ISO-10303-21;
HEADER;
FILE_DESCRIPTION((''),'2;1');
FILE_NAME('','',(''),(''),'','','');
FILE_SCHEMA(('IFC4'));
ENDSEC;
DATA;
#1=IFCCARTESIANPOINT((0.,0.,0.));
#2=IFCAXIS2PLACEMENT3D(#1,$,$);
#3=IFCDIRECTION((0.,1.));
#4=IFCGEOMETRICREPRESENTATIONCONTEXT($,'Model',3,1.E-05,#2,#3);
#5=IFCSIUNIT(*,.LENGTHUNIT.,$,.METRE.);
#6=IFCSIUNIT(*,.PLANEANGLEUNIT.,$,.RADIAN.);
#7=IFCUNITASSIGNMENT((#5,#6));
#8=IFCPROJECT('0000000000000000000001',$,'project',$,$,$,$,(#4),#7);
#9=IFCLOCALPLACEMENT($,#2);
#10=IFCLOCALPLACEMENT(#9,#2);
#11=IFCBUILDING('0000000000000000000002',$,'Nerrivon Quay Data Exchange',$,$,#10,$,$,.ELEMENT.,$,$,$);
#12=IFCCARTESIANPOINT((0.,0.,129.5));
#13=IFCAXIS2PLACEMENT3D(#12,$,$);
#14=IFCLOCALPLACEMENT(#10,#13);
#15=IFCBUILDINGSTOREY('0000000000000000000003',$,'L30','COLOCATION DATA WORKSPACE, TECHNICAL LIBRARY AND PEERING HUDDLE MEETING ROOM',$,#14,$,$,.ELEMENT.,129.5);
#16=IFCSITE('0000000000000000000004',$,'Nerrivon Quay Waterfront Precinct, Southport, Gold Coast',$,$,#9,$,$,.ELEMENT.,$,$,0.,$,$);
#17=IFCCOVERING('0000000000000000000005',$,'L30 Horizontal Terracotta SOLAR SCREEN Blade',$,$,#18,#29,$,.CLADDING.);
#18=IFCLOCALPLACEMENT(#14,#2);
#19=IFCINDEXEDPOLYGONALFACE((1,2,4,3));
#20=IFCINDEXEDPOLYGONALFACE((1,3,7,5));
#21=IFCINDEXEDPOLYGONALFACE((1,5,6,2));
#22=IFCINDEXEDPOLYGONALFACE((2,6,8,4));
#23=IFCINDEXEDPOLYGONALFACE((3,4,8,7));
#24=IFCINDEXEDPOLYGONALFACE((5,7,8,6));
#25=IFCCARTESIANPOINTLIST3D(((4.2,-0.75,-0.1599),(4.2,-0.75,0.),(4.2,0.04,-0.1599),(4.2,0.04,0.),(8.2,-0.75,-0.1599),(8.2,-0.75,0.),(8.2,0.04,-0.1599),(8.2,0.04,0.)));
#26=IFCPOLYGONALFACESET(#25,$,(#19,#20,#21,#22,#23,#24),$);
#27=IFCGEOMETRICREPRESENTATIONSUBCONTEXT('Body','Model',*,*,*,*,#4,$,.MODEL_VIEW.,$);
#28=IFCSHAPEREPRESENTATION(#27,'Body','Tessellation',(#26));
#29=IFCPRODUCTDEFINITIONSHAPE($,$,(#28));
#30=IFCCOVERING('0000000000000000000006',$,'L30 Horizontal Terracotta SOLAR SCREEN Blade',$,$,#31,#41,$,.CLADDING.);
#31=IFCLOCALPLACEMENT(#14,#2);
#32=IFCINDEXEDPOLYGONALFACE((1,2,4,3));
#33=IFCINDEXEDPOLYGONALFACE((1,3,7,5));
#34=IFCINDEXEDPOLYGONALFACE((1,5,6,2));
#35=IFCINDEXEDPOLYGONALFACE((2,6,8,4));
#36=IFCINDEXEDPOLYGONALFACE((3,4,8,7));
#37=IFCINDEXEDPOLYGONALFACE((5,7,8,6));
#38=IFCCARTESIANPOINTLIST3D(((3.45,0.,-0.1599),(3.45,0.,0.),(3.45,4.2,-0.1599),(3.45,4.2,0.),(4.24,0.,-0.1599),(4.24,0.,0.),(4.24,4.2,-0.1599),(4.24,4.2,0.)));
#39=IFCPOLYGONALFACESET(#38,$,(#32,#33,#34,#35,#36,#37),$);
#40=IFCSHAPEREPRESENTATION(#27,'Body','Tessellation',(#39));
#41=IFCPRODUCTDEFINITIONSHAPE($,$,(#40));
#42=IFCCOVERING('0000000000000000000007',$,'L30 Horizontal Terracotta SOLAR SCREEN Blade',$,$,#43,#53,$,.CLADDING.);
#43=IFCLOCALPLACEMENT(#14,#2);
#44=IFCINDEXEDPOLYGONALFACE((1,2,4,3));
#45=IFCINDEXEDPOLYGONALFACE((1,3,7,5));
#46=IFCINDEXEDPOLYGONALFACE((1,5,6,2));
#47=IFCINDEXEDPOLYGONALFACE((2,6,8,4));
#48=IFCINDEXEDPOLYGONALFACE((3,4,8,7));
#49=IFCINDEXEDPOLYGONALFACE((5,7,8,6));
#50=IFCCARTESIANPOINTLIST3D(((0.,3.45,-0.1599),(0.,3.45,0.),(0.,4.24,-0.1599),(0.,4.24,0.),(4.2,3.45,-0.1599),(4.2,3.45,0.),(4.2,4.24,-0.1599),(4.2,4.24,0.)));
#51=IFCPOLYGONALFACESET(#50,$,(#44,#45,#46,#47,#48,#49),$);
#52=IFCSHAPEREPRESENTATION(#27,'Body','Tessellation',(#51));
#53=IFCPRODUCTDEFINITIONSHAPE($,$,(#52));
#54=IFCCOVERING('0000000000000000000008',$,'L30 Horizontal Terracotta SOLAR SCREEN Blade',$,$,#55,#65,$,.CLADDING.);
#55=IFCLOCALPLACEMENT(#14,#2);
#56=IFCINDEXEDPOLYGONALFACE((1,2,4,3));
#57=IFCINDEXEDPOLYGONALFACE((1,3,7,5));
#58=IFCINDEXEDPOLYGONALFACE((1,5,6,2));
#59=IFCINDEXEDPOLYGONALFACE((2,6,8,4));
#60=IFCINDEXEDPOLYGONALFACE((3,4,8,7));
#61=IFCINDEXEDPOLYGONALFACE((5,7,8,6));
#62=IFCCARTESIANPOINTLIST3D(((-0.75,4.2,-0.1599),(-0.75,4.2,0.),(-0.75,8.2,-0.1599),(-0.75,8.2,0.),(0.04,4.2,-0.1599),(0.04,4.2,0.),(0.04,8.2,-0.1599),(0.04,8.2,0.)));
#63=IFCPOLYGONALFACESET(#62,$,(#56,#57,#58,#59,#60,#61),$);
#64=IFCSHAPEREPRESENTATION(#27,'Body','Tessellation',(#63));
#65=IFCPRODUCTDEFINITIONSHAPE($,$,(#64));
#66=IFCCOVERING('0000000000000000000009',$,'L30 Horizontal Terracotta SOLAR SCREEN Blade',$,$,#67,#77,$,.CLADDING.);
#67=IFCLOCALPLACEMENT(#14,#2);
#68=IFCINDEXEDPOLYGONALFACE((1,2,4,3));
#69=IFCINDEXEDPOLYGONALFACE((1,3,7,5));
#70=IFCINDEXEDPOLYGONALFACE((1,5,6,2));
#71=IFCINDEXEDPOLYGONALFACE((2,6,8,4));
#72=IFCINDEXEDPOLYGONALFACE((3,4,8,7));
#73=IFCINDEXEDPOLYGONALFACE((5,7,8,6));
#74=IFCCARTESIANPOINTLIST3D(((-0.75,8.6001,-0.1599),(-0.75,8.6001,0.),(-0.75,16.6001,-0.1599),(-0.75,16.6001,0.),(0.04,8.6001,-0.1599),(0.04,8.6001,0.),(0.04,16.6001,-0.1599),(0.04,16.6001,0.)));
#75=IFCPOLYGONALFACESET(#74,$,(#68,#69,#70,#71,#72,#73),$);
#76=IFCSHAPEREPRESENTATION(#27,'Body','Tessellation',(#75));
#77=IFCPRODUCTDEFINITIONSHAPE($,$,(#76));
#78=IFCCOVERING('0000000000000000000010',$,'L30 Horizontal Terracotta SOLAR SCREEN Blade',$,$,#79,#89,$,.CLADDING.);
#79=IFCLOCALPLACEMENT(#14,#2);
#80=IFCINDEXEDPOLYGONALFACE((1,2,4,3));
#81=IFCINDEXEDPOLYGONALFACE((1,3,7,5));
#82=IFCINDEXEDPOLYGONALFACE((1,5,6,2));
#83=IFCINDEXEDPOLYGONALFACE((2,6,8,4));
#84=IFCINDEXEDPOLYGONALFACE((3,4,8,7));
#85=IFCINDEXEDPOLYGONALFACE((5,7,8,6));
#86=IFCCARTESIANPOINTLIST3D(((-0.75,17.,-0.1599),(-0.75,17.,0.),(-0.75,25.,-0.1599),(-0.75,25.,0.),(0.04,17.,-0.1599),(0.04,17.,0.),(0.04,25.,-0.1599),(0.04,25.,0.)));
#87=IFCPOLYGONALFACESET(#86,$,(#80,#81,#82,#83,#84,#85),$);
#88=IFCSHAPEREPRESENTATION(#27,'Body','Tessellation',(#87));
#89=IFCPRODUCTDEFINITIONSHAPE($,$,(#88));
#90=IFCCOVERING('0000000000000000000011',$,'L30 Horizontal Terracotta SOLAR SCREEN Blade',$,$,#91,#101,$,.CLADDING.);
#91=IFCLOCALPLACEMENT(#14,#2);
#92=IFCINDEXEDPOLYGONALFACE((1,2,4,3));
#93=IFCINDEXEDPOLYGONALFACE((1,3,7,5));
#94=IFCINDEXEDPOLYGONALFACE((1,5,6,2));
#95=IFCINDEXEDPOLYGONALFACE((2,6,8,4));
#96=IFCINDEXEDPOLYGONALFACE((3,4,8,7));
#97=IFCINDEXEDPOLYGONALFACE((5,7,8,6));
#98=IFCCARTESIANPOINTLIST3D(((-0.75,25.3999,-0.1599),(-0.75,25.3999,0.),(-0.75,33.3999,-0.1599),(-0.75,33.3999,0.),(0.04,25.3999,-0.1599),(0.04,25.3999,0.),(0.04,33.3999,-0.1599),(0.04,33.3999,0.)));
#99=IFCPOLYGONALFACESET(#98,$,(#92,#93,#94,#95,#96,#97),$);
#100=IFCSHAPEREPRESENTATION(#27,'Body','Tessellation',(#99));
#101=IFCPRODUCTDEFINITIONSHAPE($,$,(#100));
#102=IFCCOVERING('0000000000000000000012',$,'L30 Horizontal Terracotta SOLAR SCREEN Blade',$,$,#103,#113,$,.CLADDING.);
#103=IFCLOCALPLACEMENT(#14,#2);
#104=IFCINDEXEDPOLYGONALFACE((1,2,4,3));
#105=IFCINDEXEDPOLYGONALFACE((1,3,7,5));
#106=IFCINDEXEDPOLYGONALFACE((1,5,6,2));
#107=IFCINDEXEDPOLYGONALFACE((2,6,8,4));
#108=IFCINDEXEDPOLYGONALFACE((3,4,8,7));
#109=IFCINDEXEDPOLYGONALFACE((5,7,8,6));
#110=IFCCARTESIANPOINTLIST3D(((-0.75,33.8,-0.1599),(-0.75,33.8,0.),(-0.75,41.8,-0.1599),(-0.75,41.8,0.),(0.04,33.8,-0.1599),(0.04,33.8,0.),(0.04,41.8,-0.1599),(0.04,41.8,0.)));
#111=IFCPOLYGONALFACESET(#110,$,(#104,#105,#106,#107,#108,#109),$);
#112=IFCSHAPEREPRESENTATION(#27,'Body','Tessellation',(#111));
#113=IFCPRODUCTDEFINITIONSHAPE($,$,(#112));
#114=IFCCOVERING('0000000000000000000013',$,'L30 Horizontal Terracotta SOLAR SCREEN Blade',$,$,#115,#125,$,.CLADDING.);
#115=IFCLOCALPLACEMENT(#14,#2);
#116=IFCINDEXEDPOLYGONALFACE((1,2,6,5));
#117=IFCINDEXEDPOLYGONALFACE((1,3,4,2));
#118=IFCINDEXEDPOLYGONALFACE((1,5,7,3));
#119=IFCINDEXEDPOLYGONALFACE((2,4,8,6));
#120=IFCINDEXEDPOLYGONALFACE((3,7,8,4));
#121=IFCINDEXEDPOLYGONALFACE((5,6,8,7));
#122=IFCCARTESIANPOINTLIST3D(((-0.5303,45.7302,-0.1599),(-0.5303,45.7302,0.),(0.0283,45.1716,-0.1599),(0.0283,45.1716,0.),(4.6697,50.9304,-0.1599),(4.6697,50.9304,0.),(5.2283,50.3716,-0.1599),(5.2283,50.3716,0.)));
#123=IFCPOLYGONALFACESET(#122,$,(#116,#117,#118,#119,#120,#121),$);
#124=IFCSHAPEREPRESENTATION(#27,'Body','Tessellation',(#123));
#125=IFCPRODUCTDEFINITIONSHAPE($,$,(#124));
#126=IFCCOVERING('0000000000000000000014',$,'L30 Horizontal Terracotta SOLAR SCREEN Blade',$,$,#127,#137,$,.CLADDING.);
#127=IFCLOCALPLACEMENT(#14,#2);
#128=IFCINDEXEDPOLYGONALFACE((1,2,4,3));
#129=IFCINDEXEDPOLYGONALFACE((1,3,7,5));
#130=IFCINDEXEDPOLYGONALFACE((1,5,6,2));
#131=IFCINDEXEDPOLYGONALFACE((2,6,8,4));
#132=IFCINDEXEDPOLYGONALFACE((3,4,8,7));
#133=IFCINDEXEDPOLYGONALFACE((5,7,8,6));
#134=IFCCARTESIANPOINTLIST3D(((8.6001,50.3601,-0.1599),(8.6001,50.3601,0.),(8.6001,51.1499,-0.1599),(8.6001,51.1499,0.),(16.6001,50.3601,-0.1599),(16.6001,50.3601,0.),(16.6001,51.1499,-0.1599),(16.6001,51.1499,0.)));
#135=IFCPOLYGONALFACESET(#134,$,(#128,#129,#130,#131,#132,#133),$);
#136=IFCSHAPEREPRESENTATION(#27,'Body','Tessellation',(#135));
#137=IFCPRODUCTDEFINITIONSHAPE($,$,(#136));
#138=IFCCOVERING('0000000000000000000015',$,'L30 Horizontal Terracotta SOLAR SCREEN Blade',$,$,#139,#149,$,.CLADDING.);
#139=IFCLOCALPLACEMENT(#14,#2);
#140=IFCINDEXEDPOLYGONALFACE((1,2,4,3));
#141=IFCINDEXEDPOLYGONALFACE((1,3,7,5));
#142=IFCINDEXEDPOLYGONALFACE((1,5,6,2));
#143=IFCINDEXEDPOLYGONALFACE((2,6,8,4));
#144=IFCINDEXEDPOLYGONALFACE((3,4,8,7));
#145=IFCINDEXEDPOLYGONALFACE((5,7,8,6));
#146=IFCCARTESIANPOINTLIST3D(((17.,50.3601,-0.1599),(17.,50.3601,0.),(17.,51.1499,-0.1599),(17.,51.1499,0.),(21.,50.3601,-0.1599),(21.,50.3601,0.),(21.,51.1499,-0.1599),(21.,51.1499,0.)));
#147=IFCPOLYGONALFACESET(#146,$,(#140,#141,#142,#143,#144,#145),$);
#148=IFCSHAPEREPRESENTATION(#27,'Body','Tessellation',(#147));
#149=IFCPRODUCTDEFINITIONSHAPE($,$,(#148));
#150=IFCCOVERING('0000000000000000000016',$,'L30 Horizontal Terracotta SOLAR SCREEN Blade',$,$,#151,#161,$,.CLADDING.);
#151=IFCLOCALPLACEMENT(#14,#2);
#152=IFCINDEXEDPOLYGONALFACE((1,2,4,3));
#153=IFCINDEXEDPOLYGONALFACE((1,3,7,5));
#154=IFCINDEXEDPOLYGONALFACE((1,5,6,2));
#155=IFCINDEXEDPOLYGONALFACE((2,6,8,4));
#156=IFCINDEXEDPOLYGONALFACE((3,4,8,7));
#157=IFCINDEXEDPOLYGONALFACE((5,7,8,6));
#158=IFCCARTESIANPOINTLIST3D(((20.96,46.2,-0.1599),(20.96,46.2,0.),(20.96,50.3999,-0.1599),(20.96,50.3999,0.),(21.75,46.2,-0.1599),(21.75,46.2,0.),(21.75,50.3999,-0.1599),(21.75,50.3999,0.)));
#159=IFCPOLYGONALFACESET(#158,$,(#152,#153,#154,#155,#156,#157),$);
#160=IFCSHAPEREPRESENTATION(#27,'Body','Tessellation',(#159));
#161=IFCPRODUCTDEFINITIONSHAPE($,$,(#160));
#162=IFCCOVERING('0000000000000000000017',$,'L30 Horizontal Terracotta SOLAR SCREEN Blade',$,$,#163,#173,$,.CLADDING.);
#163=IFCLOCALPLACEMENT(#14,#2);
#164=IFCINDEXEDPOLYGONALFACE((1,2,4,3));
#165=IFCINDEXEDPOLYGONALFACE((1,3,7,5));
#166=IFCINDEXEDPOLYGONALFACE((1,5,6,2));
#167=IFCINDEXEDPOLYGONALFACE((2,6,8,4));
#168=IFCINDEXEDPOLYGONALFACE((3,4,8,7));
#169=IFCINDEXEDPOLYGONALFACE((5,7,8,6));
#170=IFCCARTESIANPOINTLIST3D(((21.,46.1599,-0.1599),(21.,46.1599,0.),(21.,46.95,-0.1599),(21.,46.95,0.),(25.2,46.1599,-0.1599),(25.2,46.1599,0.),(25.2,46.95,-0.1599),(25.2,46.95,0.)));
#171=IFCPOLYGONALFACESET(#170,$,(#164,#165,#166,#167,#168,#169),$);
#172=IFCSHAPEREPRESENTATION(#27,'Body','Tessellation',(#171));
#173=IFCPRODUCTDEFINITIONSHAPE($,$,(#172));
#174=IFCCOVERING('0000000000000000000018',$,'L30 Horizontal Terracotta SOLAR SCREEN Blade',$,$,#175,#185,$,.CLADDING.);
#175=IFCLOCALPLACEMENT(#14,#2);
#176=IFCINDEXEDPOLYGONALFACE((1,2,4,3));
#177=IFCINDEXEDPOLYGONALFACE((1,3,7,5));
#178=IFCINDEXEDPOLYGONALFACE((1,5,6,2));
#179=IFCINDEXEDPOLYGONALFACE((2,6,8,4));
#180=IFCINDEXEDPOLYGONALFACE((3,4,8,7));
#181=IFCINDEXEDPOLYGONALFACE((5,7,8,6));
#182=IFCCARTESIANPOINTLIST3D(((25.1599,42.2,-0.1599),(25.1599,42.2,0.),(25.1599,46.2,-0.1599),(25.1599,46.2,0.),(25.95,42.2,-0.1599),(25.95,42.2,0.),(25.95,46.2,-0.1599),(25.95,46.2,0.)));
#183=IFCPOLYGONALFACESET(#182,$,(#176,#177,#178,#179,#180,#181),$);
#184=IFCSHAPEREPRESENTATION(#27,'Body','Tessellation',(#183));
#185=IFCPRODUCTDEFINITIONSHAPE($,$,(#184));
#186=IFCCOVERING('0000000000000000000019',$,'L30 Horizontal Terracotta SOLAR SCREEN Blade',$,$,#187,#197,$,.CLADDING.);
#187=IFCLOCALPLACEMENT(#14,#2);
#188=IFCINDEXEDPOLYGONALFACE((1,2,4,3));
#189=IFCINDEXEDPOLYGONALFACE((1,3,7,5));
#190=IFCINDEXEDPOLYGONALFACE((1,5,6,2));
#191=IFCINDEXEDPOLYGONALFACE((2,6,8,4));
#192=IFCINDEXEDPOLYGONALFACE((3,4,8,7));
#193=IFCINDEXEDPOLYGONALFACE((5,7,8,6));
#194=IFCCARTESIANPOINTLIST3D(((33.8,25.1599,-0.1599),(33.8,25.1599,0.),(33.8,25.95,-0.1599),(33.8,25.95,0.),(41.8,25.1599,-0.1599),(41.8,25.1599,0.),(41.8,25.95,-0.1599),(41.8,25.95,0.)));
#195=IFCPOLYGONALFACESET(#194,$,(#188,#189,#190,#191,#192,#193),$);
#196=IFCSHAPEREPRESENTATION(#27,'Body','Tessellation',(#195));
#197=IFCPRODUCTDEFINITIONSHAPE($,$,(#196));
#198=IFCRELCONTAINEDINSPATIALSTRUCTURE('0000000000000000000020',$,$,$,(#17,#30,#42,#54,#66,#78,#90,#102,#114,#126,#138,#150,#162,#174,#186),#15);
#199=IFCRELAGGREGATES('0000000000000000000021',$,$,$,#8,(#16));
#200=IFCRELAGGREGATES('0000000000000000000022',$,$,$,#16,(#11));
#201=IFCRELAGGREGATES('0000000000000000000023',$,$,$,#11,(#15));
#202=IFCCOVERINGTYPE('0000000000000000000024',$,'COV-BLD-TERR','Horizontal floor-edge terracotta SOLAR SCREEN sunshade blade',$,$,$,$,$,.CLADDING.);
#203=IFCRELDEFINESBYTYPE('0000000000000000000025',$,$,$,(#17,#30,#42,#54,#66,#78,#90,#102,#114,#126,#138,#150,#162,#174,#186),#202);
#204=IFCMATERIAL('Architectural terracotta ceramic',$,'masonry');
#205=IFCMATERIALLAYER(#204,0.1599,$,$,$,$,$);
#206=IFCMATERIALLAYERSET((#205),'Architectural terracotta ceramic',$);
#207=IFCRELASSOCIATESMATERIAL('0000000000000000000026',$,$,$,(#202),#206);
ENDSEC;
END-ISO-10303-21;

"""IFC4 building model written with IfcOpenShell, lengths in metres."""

from ifc_helpers import new_model, si_unit, direction, frame, origin, place, context, subcontext, project, spatial, polyline, outline, extrude, material, layer, layer_set, type_object, element, save


model = new_model("IFC4")

# Units and contexts
model_context = context("Model", 3, precision=1e-05, world=origin(), true_north=direction((0.0, 1.0)))
body_context = subcontext(model_context, "Body", "Model", "MODEL_VIEW")
ifc_project = project(units=[si_unit("LENGTHUNIT", "METRE"), si_unit("PLANEANGLEUNIT", "RADIAN")], contexts=[model_context])

# Site, building, storey
site_placement = place(None, origin())
site = spatial("IfcSite", under=ifc_project, at=site_placement, Name="Nerrivon Quay Waterfront Precinct, Southport, Gold Coast", CompositionType="ELEMENT", RefElevation=0.0)
building_placement = place(site_placement, origin())
building = spatial("IfcBuilding", under=site, at=building_placement, Name="Nerrivon Quay Data Exchange", CompositionType="ELEMENT")
storey_placement = place(building_placement, frame((0.0, 0.0, 129.5)))
storey = spatial("IfcBuildingStorey", under=building, at=storey_placement, Name="L30", Description="COLOCATION DATA WORKSPACE, TECHNICAL LIBRARY AND PEERING HUDDLE MEETING ROOM", CompositionType="ELEMENT", Elevation=129.5)

# Coverings
ifc_material_1 = material(Name="Architectural terracotta ceramic", Category="masonry")
ifc_layer_1 = layer(ifc_material_1, 0.1599)
ifc_layer_set_1 = layer_set([ifc_layer_1], Name="Architectural terracotta ceramic")
covering_type = type_object("IfcCoveringType", Name="COV-BLD-TERR", Description="Horizontal floor-edge terracotta SOLAR SCREEN sunshade blade", PredefinedType="CLADDING", material=ifc_layer_set_1)
covering_1_placement = place(storey_placement, frame((0.0, 0.0, -0.1599)))
element("IfcCovering", 1, at=covering_1_placement, inside=storey, type_object=covering_type, Name="L30 Horizontal Terracotta SOLAR SCREEN Blade", PredefinedType="CLADDING", context=body_context, shape_type="SweptSolid", body=[
    extrude(outline(polyline([(8.2, 0.04), (4.2, 0.04), (4.2, -0.75), (8.2, -0.75), (8.2, 0.04)])), origin(), (0.0, 0.0, 1.0), 0.1599),
])
covering_2_placement = place(storey_placement, frame((0.0, 0.0, -0.1599)))
element("IfcCovering", 2, at=covering_2_placement, inside=storey, type_object=covering_type, Name="L30 Horizontal Terracotta SOLAR SCREEN Blade", PredefinedType="CLADDING", context=body_context, shape_type="SweptSolid", body=[
    extrude(outline(polyline([(4.24, 0.0), (4.24, 4.2), (3.45, 4.2), (3.45, 0.0), (4.24, 0.0)])), origin(), (0.0, 0.0, 1.0), 0.1599),
])
covering_3_placement = place(storey_placement, frame((0.0, 0.0, -0.1599)))
element("IfcCovering", 3, at=covering_3_placement, inside=storey, type_object=covering_type, Name="L30 Horizontal Terracotta SOLAR SCREEN Blade", PredefinedType="CLADDING", context=body_context, shape_type="SweptSolid", body=[
    extrude(outline(polyline([(4.2, 4.24), (0.0, 4.24), (0.0, 3.45), (4.2, 3.45), (4.2, 4.24)])), origin(), (0.0, 0.0, 1.0), 0.1599),
])
covering_4_placement = place(storey_placement, frame((0.0, 0.0, -0.1599)))
element("IfcCovering", 4, at=covering_4_placement, inside=storey, type_object=covering_type, Name="L30 Horizontal Terracotta SOLAR SCREEN Blade", PredefinedType="CLADDING", context=body_context, shape_type="SweptSolid", body=[
    extrude(outline(polyline([(0.04, 4.2), (0.04, 8.2), (-0.75, 8.2), (-0.75, 4.2), (0.04, 4.2)])), origin(), (0.0, 0.0, 1.0), 0.1599),
])
covering_5_placement = place(storey_placement, frame((0.0, 0.0, -0.1599)))
element("IfcCovering", 5, at=covering_5_placement, inside=storey, type_object=covering_type, Name="L30 Horizontal Terracotta SOLAR SCREEN Blade", PredefinedType="CLADDING", context=body_context, shape_type="SweptSolid", body=[
    extrude(outline(polyline([(0.04, 8.6001), (0.04, 16.6001), (-0.75, 16.6001), (-0.75, 8.6001), (0.04, 8.6001)])), origin(), (0.0, 0.0, 1.0), 0.1599),
])
covering_6_placement = place(storey_placement, frame((0.0, 0.0, -0.1599)))
element("IfcCovering", 6, at=covering_6_placement, inside=storey, type_object=covering_type, Name="L30 Horizontal Terracotta SOLAR SCREEN Blade", PredefinedType="CLADDING", context=body_context, shape_type="SweptSolid", body=[
    extrude(outline(polyline([(0.04, 17.0), (0.04, 25.0), (-0.75, 25.0), (-0.75, 17.0), (0.04, 17.0)])), origin(), (0.0, 0.0, 1.0), 0.1599),
])
covering_7_placement = place(storey_placement, frame((0.0, 0.0, -0.1599)))
element("IfcCovering", 7, at=covering_7_placement, inside=storey, type_object=covering_type, Name="L30 Horizontal Terracotta SOLAR SCREEN Blade", PredefinedType="CLADDING", context=body_context, shape_type="SweptSolid", body=[
    extrude(outline(polyline([(0.04, 25.3999), (0.04, 33.3999), (-0.75, 33.3999), (-0.75, 25.3999), (0.04, 25.3999)])), origin(), (0.0, 0.0, 1.0), 0.1599),
])
covering_8_placement = place(storey_placement, frame((0.0, 0.0, -0.1599)))
element("IfcCovering", 8, at=covering_8_placement, inside=storey, type_object=covering_type, Name="L30 Horizontal Terracotta SOLAR SCREEN Blade", PredefinedType="CLADDING", context=body_context, shape_type="SweptSolid", body=[
    extrude(outline(polyline([(0.04, 33.8), (0.04, 41.8), (-0.75, 41.8), (-0.75, 33.8), (0.04, 33.8)])), origin(), (0.0, 0.0, 1.0), 0.1599),
])
covering_9_placement = place(storey_placement, frame((0.0, 0.0, -0.1599)))
element("IfcCovering", 9, at=covering_9_placement, inside=storey, type_object=covering_type, Name="L30 Horizontal Terracotta SOLAR SCREEN Blade", PredefinedType="CLADDING", context=body_context, shape_type="SweptSolid", body=[
    extrude(outline(polyline([(0.0283, 45.1716), (5.2283, 50.3716), (4.6697, 50.9304), (-0.5303, 45.7302), (0.0283, 45.1716)])), origin(), (0.0, 0.0, 1.0), 0.1599),
])
covering_10_placement = place(storey_placement, frame((0.0, 0.0, -0.1599)))
element("IfcCovering", 10, at=covering_10_placement, inside=storey, type_object=covering_type, Name="L30 Horizontal Terracotta SOLAR SCREEN Blade", PredefinedType="CLADDING", context=body_context, shape_type="SweptSolid", body=[
    extrude(outline(polyline([(8.6001, 50.3601), (16.6001, 50.3601), (16.6001, 51.1499), (8.6001, 51.1499), (8.6001, 50.3601)])), origin(), (0.0, 0.0, 1.0), 0.1599),
])
covering_11_placement = place(storey_placement, frame((0.0, 0.0, -0.1599)))
element("IfcCovering", 11, at=covering_11_placement, inside=storey, type_object=covering_type, Name="L30 Horizontal Terracotta SOLAR SCREEN Blade", PredefinedType="CLADDING", context=body_context, shape_type="SweptSolid", body=[
    extrude(outline(polyline([(17.0, 50.3601), (21.0, 50.3601), (21.0, 51.1499), (17.0, 51.1499), (17.0, 50.3601)])), origin(), (0.0, 0.0, 1.0), 0.1599),
])
covering_12_placement = place(storey_placement, frame((0.0, 0.0, -0.1599)))
element("IfcCovering", 12, at=covering_12_placement, inside=storey, type_object=covering_type, Name="L30 Horizontal Terracotta SOLAR SCREEN Blade", PredefinedType="CLADDING", context=body_context, shape_type="SweptSolid", body=[
    extrude(outline(polyline([(20.96, 50.3999), (20.96, 46.2), (21.75, 46.2), (21.75, 50.3999), (20.96, 50.3999)])), origin(), (0.0, 0.0, 1.0), 0.1599),
])
covering_13_placement = place(storey_placement, frame((0.0, 0.0, -0.1599)))
element("IfcCovering", 13, at=covering_13_placement, inside=storey, type_object=covering_type, Name="L30 Horizontal Terracotta SOLAR SCREEN Blade", PredefinedType="CLADDING", context=body_context, shape_type="SweptSolid", body=[
    extrude(outline(polyline([(21.0, 46.1599), (25.2, 46.1599), (25.2, 46.95), (21.0, 46.95), (21.0, 46.1599)])), origin(), (0.0, 0.0, 1.0), 0.1599),
])
covering_14_placement = place(storey_placement, frame((0.0, 0.0, -0.1599)))
element("IfcCovering", 14, at=covering_14_placement, inside=storey, type_object=covering_type, Name="L30 Horizontal Terracotta SOLAR SCREEN Blade", PredefinedType="CLADDING", context=body_context, shape_type="SweptSolid", body=[
    extrude(outline(polyline([(25.1599, 46.2), (25.1599, 42.2), (25.95, 42.2), (25.95, 46.2), (25.1599, 46.2)])), origin(), (0.0, 0.0, 1.0), 0.1599),
])
covering_15_placement = place(storey_placement, frame((0.0, 0.0, -0.1599)))
element("IfcCovering", 15, at=covering_15_placement, inside=storey, type_object=covering_type, Name="L30 Horizontal Terracotta SOLAR SCREEN Blade", PredefinedType="CLADDING", context=body_context, shape_type="SweptSolid", body=[
    extrude(outline(polyline([(33.8, 25.1599), (41.8, 25.1599), (41.8, 25.95), (33.8, 25.95), (33.8, 25.1599)])), origin(), (0.0, 0.0, 1.0), 0.1599),
])

save(model, "model.ifc")
